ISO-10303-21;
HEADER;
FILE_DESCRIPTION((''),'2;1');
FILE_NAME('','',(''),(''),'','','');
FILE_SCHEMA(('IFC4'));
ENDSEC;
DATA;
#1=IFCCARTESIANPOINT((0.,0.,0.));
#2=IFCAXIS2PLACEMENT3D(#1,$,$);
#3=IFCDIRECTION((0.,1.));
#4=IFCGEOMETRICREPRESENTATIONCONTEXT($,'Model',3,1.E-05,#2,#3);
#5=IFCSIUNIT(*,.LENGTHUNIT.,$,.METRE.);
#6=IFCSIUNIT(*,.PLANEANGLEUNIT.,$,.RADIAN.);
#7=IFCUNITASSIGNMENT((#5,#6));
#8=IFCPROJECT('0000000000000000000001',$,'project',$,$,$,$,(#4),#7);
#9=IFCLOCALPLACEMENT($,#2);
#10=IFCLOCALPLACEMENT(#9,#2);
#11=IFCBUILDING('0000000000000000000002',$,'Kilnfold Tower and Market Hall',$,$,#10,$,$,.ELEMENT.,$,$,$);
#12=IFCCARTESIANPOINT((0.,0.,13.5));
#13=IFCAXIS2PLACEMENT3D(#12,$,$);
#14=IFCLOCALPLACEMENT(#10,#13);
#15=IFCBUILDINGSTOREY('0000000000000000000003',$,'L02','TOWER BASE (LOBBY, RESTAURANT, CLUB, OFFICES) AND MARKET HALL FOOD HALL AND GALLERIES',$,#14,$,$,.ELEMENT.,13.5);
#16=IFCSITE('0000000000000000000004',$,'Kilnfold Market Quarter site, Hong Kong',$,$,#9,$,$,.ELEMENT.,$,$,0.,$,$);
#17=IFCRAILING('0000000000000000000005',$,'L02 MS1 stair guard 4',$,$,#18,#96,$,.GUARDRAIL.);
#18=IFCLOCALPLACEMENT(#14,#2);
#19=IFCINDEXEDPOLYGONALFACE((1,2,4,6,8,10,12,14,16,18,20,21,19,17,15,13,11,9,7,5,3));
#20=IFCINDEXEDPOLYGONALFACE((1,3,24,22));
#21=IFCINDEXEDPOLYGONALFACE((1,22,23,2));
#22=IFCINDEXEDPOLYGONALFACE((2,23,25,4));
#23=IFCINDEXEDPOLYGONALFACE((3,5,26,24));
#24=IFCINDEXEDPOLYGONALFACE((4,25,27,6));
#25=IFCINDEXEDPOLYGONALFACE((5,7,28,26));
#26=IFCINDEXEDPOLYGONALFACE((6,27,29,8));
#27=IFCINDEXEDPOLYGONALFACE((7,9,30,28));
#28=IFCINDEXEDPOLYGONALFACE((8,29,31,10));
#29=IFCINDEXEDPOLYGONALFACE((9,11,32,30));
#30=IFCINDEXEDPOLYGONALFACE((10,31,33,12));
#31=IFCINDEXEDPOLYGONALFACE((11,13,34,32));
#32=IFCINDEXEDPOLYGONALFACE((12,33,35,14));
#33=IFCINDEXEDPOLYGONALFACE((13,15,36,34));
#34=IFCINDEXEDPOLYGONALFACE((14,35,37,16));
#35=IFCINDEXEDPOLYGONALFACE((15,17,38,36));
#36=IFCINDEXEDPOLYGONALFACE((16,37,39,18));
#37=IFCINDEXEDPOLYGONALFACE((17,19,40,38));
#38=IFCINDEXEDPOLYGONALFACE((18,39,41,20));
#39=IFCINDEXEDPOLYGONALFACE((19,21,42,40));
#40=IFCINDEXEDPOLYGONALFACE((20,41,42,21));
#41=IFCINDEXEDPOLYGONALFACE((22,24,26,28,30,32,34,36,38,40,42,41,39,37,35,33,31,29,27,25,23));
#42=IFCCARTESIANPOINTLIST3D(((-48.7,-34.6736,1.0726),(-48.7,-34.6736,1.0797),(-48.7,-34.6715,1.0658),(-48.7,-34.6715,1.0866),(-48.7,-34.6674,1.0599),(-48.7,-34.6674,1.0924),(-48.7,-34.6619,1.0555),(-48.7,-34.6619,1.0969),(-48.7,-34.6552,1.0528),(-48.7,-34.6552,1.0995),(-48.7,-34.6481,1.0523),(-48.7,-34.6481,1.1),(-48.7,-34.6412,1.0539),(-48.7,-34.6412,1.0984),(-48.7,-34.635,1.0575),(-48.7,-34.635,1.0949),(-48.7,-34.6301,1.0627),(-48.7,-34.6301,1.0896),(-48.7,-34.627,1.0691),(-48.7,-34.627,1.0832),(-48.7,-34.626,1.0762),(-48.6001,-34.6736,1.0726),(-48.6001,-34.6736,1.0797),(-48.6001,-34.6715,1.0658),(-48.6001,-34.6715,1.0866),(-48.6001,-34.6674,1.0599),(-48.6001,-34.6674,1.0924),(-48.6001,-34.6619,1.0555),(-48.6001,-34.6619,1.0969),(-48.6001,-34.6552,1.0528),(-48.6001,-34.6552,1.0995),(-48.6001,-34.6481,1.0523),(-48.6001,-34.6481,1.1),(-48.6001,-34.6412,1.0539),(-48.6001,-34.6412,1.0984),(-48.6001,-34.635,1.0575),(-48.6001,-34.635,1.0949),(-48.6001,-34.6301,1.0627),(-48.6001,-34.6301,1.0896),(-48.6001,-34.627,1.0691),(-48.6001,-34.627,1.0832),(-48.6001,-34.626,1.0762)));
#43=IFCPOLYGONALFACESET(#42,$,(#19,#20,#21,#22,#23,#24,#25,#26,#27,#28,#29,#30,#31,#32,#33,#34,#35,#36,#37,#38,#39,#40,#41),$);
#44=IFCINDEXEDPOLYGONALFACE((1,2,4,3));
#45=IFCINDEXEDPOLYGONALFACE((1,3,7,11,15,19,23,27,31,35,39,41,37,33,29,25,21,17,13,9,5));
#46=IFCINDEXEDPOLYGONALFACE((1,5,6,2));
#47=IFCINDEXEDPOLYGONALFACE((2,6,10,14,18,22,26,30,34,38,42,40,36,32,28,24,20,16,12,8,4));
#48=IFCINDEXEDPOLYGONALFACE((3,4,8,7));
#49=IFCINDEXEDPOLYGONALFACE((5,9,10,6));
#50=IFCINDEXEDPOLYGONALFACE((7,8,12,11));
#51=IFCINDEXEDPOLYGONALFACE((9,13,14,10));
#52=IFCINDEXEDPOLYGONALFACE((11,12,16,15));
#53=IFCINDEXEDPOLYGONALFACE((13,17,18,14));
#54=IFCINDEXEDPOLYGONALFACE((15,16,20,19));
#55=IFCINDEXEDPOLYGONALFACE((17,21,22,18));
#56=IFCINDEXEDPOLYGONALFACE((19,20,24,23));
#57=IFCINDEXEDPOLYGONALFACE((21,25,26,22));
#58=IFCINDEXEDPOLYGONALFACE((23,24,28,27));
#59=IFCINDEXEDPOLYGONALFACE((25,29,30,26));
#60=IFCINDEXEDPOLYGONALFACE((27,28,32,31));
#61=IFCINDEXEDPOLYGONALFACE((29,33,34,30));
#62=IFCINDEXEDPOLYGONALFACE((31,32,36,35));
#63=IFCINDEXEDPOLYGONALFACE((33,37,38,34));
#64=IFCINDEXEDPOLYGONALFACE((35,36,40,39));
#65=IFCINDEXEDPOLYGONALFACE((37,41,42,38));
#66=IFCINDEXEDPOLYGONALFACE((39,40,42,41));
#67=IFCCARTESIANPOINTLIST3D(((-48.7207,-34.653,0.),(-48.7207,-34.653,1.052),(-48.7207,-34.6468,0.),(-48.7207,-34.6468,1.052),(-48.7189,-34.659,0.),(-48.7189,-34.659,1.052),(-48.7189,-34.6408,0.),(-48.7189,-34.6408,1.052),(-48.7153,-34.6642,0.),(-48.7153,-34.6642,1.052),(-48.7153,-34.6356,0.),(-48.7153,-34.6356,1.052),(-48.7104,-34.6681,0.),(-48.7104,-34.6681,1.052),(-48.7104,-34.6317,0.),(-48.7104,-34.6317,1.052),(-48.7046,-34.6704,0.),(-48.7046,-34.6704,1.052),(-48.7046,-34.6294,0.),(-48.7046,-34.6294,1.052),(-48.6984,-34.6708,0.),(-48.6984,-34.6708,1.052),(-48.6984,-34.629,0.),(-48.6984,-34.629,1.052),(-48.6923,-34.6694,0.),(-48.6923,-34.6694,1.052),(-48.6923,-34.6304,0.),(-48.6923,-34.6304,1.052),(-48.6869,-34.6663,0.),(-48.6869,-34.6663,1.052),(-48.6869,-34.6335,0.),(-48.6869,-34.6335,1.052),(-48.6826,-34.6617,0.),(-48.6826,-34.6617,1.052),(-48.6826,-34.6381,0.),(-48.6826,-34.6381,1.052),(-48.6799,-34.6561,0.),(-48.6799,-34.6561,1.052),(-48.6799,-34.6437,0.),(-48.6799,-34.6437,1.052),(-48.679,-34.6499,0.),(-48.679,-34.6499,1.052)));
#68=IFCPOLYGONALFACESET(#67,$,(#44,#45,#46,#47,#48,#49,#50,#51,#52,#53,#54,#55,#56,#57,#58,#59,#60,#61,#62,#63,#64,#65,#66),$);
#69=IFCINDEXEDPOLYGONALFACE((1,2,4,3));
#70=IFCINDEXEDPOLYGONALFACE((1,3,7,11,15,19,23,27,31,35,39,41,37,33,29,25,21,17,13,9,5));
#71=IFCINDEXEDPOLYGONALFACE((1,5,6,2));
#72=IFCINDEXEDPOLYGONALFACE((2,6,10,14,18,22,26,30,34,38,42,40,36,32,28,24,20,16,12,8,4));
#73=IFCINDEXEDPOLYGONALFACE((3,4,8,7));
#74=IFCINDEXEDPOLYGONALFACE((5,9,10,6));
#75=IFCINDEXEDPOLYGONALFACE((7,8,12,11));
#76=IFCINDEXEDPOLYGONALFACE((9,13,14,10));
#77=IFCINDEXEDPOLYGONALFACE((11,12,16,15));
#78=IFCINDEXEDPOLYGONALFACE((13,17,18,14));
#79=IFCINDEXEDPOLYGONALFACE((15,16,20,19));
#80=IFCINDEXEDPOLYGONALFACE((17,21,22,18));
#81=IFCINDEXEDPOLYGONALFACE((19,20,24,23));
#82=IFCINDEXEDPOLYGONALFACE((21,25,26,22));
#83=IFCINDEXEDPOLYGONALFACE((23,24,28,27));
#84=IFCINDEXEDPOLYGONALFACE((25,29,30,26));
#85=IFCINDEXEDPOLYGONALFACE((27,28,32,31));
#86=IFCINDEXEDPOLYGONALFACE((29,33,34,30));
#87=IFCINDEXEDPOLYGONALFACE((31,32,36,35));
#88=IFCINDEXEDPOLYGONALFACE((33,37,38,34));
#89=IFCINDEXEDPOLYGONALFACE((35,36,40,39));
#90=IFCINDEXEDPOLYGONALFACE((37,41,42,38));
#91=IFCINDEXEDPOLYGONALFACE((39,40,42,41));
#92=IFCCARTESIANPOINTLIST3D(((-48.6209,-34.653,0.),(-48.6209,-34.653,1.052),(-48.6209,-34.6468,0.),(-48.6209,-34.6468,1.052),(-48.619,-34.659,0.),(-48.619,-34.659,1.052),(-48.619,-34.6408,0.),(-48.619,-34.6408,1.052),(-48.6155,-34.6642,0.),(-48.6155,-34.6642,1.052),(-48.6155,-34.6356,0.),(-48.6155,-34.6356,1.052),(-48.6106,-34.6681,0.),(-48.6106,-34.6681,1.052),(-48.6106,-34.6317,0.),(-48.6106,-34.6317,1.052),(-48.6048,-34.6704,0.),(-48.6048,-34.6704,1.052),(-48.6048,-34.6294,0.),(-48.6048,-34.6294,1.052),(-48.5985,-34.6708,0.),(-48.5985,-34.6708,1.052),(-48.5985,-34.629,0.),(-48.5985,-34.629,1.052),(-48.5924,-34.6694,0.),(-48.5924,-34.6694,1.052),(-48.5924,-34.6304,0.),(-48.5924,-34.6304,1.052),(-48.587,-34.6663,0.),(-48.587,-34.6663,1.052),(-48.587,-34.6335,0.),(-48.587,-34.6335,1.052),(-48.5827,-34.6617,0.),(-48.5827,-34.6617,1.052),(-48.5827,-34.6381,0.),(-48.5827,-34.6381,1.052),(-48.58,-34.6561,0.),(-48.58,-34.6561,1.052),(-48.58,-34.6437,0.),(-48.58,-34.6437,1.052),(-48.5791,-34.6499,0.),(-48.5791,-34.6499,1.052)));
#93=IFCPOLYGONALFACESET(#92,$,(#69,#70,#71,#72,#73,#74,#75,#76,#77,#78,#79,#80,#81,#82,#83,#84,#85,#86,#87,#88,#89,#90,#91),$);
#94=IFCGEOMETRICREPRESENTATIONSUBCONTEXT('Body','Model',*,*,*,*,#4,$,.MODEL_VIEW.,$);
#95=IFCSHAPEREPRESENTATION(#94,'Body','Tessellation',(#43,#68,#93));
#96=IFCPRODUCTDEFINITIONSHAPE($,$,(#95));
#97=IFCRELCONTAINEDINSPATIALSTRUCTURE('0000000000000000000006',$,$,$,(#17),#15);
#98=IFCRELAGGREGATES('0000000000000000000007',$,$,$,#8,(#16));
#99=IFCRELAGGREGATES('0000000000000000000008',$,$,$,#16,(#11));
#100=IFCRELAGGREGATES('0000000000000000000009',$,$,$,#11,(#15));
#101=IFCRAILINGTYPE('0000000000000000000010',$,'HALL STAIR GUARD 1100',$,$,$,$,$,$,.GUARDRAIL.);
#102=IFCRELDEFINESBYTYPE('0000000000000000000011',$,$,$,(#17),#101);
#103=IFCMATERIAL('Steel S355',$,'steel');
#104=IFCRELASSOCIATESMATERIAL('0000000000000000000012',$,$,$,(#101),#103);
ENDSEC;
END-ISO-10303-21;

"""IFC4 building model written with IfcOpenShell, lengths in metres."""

from ifc_helpers import new_model, si_unit, direction, frame, origin, origin_2d, place, context, subcontext, project, spatial, circle, extrude, material, type_object, element, save


model = new_model("IFC4")

# Units and contexts
model_context = context("Model", 3, precision=1e-05, world=origin(), true_north=direction((0.0, 1.0)))
body_context = subcontext(model_context, "Body", "Model", "MODEL_VIEW")
ifc_project = project(units=[si_unit("LENGTHUNIT", "METRE"), si_unit("PLANEANGLEUNIT", "RADIAN")], contexts=[model_context])

# Site, building, storey
site_placement = place(None, origin())
site = spatial("IfcSite", under=ifc_project, at=site_placement, Name="Kilnfold Market Quarter site, Hong Kong", CompositionType="ELEMENT", RefElevation=0.0)
building_placement = place(site_placement, origin())
building = spatial("IfcBuilding", under=site, at=building_placement, Name="Kilnfold Tower and Market Hall", CompositionType="ELEMENT")
storey_placement = place(building_placement, frame((0.0, 0.0, 13.5)))
storey = spatial("IfcBuildingStorey", under=building, at=storey_placement, Name="L02", Description="TOWER BASE (LOBBY, RESTAURANT, CLUB, OFFICES) AND MARKET HALL FOOD HALL AND GALLERIES", CompositionType="ELEMENT", Elevation=13.5)

# Railing
ifc_material_1 = material(Name="Steel S355", Category="steel")
railing_type_1 = type_object("IfcRailingType", Name="HALL STAIR GUARD 1100", PredefinedType="GUARDRAIL", material=ifc_material_1)
railing_1_placement = place(storey_placement, frame((-48.7, -34.6499, 0.0)))
element("IfcRailing", 1, at=railing_1_placement, inside=storey, type_object=railing_type_1, Name="L02 MS1 stair guard 4", PredefinedType="GUARDRAIL", context=body_context, shape_type="SweptSolid", body=[
    extrude(circle(Radius=0.0239, at=origin_2d()), frame((0.0, 0.0, 1.0762), z_axis=(1.0, 0.0, 0.0), x_axis=(0.0, 1.0, 0.0)), (0.0, 0.0, 1.0), 0.0999),
    extrude(circle(Radius=0.021, at=origin_2d()), origin(), (0.0, 0.0, 1.0), 1.052),
    extrude(circle(Radius=0.021, at=origin_2d()), frame((0.0999, 0.0, 0.0)), (0.0, 0.0, 1.0), 1.052),
])

save(model, "model.ifc")
